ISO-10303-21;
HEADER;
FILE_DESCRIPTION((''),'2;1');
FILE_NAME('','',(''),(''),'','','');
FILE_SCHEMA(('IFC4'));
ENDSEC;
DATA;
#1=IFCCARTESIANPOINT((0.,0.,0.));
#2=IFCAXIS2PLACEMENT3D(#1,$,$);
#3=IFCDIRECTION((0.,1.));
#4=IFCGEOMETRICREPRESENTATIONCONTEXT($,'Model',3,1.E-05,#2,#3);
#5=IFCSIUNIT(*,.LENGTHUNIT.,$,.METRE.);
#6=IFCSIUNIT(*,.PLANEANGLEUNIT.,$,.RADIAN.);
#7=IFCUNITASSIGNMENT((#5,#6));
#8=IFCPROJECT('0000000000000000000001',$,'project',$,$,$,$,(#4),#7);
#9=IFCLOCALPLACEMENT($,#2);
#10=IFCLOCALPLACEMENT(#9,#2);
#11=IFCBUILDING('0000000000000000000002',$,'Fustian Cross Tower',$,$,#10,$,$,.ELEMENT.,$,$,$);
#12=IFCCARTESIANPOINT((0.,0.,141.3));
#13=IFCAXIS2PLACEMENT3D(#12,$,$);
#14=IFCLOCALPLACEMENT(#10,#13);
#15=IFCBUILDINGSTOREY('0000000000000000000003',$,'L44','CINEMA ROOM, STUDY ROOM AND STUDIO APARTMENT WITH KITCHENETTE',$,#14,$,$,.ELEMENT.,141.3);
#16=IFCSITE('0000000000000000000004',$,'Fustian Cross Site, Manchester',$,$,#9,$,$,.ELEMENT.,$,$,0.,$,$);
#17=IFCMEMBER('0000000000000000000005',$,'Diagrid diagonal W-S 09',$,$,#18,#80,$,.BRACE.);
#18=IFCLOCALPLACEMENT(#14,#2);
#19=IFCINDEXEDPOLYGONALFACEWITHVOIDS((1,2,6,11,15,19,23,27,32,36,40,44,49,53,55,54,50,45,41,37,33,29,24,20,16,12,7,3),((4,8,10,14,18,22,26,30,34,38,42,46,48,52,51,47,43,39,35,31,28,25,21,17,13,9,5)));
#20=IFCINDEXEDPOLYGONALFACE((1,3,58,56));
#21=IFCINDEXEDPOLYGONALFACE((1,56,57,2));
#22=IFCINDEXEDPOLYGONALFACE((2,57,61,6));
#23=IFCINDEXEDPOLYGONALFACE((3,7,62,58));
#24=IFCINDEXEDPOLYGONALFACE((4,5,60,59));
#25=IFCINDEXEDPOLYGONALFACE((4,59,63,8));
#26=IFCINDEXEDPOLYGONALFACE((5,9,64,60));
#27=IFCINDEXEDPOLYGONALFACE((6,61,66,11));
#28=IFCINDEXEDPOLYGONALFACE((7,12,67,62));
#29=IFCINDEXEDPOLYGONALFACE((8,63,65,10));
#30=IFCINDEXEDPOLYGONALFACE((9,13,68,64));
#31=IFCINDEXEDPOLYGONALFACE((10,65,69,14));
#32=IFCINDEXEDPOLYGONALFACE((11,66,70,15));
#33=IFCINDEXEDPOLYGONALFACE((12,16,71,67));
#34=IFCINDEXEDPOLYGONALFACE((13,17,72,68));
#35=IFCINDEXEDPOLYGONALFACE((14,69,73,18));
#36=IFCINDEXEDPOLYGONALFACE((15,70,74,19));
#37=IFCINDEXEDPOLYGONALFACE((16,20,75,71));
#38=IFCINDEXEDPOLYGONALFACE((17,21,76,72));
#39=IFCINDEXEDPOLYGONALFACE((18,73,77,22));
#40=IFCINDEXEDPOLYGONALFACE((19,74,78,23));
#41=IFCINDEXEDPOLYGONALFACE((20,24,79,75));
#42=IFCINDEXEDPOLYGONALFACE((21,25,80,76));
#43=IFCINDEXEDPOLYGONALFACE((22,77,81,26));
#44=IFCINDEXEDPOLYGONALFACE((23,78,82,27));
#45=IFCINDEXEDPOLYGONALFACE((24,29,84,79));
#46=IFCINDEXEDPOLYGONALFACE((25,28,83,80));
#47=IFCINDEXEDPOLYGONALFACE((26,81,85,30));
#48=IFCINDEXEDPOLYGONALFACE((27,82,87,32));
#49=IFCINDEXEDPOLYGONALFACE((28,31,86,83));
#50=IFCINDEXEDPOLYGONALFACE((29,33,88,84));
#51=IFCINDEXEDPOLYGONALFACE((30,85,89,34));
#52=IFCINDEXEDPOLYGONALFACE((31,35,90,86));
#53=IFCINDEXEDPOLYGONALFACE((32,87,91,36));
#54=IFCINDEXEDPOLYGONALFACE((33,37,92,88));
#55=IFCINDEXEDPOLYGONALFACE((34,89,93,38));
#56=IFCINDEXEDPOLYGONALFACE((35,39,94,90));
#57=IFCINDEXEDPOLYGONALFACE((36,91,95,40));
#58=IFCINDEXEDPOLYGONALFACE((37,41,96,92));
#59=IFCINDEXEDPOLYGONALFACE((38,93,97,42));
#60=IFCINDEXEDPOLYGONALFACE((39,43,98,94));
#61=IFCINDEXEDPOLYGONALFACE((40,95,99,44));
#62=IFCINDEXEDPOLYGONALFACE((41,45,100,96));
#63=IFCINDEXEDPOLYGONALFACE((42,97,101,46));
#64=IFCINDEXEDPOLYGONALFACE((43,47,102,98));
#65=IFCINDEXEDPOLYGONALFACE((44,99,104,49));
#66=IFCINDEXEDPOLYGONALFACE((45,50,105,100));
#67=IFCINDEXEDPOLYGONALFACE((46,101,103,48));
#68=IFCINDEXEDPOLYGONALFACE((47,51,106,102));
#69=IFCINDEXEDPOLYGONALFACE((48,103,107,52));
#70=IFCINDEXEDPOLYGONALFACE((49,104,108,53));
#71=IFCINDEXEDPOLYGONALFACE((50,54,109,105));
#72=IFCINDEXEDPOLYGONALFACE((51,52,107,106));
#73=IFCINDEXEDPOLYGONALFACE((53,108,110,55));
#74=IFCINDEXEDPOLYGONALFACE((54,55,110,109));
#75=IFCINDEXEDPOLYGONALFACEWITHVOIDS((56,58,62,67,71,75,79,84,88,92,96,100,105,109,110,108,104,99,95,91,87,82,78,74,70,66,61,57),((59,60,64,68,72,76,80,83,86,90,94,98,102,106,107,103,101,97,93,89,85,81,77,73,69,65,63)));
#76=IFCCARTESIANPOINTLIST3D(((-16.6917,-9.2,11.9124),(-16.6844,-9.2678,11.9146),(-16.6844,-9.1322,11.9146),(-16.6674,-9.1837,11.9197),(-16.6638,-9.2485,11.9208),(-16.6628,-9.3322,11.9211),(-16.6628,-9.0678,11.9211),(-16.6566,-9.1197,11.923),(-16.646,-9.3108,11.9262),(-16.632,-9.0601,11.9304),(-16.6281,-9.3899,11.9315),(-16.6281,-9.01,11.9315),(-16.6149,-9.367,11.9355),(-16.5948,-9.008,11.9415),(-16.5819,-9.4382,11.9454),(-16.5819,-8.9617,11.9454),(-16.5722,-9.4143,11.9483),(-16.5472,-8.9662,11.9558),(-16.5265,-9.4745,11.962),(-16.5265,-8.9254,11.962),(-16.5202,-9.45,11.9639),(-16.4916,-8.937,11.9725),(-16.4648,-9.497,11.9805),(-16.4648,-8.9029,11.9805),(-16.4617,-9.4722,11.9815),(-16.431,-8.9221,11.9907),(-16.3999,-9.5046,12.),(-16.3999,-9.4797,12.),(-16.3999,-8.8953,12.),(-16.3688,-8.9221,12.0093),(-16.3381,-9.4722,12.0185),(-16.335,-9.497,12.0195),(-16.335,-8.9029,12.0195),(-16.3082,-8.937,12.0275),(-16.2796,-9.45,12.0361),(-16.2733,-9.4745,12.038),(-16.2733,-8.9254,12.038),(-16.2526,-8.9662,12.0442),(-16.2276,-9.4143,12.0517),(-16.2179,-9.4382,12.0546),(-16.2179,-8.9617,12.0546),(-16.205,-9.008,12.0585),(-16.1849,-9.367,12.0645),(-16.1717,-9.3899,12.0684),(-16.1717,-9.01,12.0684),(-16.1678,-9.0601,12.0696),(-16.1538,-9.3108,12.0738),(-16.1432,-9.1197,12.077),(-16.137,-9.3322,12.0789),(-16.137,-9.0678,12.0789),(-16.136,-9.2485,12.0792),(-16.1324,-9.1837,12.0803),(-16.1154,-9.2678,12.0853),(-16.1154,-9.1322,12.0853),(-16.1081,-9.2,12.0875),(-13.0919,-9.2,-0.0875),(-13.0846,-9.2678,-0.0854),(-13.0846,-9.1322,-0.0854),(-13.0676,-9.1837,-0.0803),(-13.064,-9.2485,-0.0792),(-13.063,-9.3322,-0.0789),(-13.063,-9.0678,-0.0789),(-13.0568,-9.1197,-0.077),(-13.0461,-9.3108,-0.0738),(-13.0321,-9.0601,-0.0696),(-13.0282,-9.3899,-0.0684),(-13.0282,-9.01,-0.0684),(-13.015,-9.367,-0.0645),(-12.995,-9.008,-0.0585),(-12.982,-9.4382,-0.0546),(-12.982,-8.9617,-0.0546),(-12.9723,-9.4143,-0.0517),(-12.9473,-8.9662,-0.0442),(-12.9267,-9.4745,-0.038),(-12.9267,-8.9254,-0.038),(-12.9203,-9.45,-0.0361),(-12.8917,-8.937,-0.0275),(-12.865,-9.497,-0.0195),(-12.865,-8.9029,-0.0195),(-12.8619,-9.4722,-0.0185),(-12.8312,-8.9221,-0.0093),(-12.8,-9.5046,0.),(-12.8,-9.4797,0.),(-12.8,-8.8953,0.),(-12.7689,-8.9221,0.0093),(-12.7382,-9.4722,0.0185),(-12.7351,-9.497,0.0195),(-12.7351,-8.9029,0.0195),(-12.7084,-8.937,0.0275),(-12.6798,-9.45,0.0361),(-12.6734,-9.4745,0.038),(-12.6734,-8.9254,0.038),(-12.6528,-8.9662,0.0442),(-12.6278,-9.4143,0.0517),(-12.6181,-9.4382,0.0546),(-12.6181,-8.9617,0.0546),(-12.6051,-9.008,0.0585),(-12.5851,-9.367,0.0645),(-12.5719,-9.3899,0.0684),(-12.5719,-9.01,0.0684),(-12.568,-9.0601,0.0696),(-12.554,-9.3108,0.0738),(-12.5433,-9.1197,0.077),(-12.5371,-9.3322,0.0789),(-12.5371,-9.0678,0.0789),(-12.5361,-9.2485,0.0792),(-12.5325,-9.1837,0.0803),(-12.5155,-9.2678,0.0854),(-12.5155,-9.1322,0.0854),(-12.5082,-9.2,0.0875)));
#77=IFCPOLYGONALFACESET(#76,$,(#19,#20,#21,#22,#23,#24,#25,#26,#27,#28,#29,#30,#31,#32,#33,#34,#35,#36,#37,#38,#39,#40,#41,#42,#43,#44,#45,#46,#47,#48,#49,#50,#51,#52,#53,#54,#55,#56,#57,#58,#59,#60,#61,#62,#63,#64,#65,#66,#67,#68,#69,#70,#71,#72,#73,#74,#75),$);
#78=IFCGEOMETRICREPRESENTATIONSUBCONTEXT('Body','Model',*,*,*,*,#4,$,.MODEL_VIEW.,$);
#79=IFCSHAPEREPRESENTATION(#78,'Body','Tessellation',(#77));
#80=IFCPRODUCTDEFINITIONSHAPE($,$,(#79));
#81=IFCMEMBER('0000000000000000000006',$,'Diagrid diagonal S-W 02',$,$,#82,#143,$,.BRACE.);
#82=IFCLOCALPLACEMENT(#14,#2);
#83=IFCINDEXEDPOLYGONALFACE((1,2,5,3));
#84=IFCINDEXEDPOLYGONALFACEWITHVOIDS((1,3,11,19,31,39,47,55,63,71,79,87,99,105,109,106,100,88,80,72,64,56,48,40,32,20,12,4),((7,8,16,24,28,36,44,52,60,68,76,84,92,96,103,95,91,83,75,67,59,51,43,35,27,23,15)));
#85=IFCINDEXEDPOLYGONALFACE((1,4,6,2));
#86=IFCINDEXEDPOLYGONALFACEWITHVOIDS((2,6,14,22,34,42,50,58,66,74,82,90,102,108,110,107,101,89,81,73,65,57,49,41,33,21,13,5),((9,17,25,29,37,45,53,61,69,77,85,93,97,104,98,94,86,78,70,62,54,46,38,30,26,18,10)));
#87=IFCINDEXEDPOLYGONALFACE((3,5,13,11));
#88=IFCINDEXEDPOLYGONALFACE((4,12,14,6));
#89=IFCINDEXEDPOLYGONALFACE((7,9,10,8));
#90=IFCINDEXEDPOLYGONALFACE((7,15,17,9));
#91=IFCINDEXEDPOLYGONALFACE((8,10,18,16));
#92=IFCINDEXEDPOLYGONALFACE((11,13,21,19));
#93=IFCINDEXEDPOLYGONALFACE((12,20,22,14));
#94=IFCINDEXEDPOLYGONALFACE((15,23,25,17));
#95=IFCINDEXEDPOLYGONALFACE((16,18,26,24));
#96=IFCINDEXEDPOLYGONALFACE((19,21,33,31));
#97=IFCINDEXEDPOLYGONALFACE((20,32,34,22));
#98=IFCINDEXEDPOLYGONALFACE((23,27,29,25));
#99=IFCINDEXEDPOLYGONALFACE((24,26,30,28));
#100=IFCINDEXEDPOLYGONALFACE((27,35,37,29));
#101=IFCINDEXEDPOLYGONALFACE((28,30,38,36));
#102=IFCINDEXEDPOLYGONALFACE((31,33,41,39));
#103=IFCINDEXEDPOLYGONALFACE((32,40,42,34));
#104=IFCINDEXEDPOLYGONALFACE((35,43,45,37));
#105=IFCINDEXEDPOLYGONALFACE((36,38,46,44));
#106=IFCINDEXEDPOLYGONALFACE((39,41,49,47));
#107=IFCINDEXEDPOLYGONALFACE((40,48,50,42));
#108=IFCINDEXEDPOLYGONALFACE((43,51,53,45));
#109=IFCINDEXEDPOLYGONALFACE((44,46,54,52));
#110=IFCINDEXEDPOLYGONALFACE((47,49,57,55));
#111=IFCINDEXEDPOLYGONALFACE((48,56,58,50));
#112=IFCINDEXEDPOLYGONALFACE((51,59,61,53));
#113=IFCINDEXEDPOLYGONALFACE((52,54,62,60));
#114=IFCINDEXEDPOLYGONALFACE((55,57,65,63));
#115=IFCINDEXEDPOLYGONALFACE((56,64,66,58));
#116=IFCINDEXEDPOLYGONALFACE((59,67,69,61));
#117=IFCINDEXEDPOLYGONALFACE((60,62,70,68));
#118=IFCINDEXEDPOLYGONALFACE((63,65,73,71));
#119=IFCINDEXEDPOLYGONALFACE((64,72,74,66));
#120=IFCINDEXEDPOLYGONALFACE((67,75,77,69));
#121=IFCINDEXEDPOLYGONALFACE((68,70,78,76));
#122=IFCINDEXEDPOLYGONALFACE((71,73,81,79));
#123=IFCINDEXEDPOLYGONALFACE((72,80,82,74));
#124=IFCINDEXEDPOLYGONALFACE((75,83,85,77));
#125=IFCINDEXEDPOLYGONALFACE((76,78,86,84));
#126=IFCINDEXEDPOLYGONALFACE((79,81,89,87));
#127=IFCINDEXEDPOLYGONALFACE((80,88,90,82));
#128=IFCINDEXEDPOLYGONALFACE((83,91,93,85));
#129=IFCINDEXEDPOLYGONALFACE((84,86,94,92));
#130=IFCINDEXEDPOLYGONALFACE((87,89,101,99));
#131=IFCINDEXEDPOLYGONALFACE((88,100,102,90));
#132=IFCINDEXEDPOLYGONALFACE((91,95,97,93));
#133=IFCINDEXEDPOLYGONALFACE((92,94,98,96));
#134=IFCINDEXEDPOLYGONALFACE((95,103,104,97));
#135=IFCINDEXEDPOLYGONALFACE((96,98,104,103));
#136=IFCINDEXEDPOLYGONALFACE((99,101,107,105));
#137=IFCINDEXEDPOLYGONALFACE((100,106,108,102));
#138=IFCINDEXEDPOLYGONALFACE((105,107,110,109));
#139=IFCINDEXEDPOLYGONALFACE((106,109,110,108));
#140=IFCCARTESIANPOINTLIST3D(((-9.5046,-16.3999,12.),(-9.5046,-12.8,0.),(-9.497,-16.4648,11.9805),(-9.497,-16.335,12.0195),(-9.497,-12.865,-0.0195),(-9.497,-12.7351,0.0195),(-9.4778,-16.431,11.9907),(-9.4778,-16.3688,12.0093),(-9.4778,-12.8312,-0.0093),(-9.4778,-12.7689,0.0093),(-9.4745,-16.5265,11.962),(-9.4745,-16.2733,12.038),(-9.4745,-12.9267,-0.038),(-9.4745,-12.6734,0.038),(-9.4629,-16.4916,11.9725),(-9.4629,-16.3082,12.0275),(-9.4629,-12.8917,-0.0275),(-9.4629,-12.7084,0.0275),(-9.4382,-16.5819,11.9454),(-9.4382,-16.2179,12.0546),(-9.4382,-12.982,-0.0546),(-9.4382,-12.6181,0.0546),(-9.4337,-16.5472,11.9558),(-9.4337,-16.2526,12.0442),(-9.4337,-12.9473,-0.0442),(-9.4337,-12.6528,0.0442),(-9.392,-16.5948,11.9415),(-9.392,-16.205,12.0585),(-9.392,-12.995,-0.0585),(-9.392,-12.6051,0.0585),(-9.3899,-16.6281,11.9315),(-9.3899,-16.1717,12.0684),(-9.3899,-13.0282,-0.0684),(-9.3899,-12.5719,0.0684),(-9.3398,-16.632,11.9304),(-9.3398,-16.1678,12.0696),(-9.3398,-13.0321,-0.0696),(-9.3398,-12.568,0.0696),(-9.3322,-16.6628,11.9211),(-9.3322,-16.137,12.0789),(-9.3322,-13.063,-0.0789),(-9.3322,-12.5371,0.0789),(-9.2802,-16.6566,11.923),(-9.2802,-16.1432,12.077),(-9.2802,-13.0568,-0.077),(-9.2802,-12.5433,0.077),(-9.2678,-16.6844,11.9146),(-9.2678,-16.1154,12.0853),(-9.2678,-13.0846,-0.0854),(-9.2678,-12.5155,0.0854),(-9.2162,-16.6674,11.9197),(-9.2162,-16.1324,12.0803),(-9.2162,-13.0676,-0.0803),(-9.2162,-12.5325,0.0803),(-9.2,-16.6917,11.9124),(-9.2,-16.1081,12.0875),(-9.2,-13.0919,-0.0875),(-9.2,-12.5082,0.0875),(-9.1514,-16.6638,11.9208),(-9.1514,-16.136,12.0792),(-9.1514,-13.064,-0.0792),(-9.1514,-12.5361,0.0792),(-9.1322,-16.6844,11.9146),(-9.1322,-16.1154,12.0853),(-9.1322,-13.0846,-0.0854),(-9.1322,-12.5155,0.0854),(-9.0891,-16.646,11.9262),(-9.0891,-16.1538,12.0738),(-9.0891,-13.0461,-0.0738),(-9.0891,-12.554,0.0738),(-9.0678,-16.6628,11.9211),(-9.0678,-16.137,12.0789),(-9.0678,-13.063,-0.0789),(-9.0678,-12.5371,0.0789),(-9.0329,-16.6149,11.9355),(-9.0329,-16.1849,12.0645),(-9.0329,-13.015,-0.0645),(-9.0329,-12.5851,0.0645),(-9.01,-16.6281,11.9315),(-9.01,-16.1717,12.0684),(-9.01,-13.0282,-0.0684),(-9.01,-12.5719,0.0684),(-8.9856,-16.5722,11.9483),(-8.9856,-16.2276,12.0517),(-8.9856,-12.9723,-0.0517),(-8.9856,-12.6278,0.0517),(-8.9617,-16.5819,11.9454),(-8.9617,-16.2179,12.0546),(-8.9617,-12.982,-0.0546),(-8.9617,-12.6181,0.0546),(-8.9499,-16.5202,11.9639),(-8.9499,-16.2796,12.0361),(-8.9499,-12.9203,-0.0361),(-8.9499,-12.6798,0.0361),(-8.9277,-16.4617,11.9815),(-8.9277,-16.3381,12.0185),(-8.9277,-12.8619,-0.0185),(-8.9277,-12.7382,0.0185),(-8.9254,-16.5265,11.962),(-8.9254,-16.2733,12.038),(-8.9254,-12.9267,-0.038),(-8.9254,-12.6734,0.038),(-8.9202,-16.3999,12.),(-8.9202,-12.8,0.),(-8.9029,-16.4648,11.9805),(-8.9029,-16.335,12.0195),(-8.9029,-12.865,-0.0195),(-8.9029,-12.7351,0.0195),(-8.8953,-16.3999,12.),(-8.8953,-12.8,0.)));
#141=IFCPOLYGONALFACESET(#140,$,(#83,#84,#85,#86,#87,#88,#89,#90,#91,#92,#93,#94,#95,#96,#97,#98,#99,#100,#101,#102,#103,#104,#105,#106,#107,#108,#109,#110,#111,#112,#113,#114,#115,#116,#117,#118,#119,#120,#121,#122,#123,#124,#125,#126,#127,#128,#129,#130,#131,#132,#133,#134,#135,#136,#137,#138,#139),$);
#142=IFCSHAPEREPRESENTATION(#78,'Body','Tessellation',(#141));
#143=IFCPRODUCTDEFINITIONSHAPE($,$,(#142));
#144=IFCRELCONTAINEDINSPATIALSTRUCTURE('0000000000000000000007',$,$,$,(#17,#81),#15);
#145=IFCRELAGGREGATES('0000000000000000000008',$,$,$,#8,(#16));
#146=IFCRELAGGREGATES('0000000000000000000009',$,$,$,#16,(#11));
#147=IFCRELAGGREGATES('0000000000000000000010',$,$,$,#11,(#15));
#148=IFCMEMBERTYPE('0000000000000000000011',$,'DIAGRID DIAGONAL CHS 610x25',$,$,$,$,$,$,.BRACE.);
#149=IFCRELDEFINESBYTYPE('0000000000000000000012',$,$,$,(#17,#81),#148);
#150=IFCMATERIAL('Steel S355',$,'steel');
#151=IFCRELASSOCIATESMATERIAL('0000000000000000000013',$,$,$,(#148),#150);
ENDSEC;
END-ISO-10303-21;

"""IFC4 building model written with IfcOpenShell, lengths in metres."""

from ifc_helpers import new_model, si_unit, direction, frame, origin, origin_2d, place, context, subcontext, project, spatial, hollow_circle, extrude, material, material_profile, profile_set, type_object, element, save


model = new_model("IFC4")

# Units and contexts
model_context = context("Model", 3, precision=1e-05, world=origin(), true_north=direction((0.0, 1.0)))
body_context = subcontext(model_context, "Body", "Model", "MODEL_VIEW")
ifc_project = project(units=[si_unit("LENGTHUNIT", "METRE"), si_unit("PLANEANGLEUNIT", "RADIAN")], contexts=[model_context])

# Site, building, storey
site_placement = place(None, origin())
site = spatial("IfcSite", under=ifc_project, at=site_placement, Name="Fustian Cross Site, Manchester", CompositionType="ELEMENT", RefElevation=0.0)
building_placement = place(site_placement, origin())
building = spatial("IfcBuilding", under=site, at=building_placement, Name="Fustian Cross Tower", CompositionType="ELEMENT")
storey_placement = place(building_placement, frame((0.0, 0.0, 141.3)))
storey = spatial("IfcBuildingStorey", under=building, at=storey_placement, Name="L44", Description="CINEMA ROOM, STUDY ROOM AND STUDIO APARTMENT WITH KITCHENETTE", CompositionType="ELEMENT", Elevation=141.3)

# Members
ifc_material_1 = material(Name="Steel S355", Category="steel")
ifc_material_profile_1 = material_profile(ifc_material_1, hollow_circle(Radius=0.3047, WallThickness=0.0249, at=origin_2d()), Name="CHS 610x25")
ifc_profile_set_1 = profile_set([ifc_material_profile_1], Name="Steel S355")
member_type_1 = type_object("IfcMemberType", Name="DIAGRID DIAGONAL CHS 610x25", PredefinedType="BRACE", material=ifc_profile_set_1)
for number, where, z_axis, x_axis, name in (
    (1, (-12.8, -9.2, 0.0), (-0.287337, 0.0, 0.95783), (0.0, -1.0, 0.0), "Diagrid diagonal W-S 09"),
    (2, (-9.2, -12.8, 0.0), (0.0, -0.287337, 0.95783), (1.0, 0.0, 0.0), "Diagrid diagonal S-W 02"),
):
    element("IfcMember", number, at=place(storey_placement, frame(where, z_axis=z_axis, x_axis=x_axis)), inside=storey, type_object=member_type_1, Name=name, PredefinedType="BRACE", context=body_context, shape_type="SweptSolid", body=[
        extrude(hollow_circle(Radius=0.3047, WallThickness=0.0249, at=origin_2d()), origin(), (0.0, 0.0, 1.0), 12.5283),
    ])

save(model, "model.ifc")
